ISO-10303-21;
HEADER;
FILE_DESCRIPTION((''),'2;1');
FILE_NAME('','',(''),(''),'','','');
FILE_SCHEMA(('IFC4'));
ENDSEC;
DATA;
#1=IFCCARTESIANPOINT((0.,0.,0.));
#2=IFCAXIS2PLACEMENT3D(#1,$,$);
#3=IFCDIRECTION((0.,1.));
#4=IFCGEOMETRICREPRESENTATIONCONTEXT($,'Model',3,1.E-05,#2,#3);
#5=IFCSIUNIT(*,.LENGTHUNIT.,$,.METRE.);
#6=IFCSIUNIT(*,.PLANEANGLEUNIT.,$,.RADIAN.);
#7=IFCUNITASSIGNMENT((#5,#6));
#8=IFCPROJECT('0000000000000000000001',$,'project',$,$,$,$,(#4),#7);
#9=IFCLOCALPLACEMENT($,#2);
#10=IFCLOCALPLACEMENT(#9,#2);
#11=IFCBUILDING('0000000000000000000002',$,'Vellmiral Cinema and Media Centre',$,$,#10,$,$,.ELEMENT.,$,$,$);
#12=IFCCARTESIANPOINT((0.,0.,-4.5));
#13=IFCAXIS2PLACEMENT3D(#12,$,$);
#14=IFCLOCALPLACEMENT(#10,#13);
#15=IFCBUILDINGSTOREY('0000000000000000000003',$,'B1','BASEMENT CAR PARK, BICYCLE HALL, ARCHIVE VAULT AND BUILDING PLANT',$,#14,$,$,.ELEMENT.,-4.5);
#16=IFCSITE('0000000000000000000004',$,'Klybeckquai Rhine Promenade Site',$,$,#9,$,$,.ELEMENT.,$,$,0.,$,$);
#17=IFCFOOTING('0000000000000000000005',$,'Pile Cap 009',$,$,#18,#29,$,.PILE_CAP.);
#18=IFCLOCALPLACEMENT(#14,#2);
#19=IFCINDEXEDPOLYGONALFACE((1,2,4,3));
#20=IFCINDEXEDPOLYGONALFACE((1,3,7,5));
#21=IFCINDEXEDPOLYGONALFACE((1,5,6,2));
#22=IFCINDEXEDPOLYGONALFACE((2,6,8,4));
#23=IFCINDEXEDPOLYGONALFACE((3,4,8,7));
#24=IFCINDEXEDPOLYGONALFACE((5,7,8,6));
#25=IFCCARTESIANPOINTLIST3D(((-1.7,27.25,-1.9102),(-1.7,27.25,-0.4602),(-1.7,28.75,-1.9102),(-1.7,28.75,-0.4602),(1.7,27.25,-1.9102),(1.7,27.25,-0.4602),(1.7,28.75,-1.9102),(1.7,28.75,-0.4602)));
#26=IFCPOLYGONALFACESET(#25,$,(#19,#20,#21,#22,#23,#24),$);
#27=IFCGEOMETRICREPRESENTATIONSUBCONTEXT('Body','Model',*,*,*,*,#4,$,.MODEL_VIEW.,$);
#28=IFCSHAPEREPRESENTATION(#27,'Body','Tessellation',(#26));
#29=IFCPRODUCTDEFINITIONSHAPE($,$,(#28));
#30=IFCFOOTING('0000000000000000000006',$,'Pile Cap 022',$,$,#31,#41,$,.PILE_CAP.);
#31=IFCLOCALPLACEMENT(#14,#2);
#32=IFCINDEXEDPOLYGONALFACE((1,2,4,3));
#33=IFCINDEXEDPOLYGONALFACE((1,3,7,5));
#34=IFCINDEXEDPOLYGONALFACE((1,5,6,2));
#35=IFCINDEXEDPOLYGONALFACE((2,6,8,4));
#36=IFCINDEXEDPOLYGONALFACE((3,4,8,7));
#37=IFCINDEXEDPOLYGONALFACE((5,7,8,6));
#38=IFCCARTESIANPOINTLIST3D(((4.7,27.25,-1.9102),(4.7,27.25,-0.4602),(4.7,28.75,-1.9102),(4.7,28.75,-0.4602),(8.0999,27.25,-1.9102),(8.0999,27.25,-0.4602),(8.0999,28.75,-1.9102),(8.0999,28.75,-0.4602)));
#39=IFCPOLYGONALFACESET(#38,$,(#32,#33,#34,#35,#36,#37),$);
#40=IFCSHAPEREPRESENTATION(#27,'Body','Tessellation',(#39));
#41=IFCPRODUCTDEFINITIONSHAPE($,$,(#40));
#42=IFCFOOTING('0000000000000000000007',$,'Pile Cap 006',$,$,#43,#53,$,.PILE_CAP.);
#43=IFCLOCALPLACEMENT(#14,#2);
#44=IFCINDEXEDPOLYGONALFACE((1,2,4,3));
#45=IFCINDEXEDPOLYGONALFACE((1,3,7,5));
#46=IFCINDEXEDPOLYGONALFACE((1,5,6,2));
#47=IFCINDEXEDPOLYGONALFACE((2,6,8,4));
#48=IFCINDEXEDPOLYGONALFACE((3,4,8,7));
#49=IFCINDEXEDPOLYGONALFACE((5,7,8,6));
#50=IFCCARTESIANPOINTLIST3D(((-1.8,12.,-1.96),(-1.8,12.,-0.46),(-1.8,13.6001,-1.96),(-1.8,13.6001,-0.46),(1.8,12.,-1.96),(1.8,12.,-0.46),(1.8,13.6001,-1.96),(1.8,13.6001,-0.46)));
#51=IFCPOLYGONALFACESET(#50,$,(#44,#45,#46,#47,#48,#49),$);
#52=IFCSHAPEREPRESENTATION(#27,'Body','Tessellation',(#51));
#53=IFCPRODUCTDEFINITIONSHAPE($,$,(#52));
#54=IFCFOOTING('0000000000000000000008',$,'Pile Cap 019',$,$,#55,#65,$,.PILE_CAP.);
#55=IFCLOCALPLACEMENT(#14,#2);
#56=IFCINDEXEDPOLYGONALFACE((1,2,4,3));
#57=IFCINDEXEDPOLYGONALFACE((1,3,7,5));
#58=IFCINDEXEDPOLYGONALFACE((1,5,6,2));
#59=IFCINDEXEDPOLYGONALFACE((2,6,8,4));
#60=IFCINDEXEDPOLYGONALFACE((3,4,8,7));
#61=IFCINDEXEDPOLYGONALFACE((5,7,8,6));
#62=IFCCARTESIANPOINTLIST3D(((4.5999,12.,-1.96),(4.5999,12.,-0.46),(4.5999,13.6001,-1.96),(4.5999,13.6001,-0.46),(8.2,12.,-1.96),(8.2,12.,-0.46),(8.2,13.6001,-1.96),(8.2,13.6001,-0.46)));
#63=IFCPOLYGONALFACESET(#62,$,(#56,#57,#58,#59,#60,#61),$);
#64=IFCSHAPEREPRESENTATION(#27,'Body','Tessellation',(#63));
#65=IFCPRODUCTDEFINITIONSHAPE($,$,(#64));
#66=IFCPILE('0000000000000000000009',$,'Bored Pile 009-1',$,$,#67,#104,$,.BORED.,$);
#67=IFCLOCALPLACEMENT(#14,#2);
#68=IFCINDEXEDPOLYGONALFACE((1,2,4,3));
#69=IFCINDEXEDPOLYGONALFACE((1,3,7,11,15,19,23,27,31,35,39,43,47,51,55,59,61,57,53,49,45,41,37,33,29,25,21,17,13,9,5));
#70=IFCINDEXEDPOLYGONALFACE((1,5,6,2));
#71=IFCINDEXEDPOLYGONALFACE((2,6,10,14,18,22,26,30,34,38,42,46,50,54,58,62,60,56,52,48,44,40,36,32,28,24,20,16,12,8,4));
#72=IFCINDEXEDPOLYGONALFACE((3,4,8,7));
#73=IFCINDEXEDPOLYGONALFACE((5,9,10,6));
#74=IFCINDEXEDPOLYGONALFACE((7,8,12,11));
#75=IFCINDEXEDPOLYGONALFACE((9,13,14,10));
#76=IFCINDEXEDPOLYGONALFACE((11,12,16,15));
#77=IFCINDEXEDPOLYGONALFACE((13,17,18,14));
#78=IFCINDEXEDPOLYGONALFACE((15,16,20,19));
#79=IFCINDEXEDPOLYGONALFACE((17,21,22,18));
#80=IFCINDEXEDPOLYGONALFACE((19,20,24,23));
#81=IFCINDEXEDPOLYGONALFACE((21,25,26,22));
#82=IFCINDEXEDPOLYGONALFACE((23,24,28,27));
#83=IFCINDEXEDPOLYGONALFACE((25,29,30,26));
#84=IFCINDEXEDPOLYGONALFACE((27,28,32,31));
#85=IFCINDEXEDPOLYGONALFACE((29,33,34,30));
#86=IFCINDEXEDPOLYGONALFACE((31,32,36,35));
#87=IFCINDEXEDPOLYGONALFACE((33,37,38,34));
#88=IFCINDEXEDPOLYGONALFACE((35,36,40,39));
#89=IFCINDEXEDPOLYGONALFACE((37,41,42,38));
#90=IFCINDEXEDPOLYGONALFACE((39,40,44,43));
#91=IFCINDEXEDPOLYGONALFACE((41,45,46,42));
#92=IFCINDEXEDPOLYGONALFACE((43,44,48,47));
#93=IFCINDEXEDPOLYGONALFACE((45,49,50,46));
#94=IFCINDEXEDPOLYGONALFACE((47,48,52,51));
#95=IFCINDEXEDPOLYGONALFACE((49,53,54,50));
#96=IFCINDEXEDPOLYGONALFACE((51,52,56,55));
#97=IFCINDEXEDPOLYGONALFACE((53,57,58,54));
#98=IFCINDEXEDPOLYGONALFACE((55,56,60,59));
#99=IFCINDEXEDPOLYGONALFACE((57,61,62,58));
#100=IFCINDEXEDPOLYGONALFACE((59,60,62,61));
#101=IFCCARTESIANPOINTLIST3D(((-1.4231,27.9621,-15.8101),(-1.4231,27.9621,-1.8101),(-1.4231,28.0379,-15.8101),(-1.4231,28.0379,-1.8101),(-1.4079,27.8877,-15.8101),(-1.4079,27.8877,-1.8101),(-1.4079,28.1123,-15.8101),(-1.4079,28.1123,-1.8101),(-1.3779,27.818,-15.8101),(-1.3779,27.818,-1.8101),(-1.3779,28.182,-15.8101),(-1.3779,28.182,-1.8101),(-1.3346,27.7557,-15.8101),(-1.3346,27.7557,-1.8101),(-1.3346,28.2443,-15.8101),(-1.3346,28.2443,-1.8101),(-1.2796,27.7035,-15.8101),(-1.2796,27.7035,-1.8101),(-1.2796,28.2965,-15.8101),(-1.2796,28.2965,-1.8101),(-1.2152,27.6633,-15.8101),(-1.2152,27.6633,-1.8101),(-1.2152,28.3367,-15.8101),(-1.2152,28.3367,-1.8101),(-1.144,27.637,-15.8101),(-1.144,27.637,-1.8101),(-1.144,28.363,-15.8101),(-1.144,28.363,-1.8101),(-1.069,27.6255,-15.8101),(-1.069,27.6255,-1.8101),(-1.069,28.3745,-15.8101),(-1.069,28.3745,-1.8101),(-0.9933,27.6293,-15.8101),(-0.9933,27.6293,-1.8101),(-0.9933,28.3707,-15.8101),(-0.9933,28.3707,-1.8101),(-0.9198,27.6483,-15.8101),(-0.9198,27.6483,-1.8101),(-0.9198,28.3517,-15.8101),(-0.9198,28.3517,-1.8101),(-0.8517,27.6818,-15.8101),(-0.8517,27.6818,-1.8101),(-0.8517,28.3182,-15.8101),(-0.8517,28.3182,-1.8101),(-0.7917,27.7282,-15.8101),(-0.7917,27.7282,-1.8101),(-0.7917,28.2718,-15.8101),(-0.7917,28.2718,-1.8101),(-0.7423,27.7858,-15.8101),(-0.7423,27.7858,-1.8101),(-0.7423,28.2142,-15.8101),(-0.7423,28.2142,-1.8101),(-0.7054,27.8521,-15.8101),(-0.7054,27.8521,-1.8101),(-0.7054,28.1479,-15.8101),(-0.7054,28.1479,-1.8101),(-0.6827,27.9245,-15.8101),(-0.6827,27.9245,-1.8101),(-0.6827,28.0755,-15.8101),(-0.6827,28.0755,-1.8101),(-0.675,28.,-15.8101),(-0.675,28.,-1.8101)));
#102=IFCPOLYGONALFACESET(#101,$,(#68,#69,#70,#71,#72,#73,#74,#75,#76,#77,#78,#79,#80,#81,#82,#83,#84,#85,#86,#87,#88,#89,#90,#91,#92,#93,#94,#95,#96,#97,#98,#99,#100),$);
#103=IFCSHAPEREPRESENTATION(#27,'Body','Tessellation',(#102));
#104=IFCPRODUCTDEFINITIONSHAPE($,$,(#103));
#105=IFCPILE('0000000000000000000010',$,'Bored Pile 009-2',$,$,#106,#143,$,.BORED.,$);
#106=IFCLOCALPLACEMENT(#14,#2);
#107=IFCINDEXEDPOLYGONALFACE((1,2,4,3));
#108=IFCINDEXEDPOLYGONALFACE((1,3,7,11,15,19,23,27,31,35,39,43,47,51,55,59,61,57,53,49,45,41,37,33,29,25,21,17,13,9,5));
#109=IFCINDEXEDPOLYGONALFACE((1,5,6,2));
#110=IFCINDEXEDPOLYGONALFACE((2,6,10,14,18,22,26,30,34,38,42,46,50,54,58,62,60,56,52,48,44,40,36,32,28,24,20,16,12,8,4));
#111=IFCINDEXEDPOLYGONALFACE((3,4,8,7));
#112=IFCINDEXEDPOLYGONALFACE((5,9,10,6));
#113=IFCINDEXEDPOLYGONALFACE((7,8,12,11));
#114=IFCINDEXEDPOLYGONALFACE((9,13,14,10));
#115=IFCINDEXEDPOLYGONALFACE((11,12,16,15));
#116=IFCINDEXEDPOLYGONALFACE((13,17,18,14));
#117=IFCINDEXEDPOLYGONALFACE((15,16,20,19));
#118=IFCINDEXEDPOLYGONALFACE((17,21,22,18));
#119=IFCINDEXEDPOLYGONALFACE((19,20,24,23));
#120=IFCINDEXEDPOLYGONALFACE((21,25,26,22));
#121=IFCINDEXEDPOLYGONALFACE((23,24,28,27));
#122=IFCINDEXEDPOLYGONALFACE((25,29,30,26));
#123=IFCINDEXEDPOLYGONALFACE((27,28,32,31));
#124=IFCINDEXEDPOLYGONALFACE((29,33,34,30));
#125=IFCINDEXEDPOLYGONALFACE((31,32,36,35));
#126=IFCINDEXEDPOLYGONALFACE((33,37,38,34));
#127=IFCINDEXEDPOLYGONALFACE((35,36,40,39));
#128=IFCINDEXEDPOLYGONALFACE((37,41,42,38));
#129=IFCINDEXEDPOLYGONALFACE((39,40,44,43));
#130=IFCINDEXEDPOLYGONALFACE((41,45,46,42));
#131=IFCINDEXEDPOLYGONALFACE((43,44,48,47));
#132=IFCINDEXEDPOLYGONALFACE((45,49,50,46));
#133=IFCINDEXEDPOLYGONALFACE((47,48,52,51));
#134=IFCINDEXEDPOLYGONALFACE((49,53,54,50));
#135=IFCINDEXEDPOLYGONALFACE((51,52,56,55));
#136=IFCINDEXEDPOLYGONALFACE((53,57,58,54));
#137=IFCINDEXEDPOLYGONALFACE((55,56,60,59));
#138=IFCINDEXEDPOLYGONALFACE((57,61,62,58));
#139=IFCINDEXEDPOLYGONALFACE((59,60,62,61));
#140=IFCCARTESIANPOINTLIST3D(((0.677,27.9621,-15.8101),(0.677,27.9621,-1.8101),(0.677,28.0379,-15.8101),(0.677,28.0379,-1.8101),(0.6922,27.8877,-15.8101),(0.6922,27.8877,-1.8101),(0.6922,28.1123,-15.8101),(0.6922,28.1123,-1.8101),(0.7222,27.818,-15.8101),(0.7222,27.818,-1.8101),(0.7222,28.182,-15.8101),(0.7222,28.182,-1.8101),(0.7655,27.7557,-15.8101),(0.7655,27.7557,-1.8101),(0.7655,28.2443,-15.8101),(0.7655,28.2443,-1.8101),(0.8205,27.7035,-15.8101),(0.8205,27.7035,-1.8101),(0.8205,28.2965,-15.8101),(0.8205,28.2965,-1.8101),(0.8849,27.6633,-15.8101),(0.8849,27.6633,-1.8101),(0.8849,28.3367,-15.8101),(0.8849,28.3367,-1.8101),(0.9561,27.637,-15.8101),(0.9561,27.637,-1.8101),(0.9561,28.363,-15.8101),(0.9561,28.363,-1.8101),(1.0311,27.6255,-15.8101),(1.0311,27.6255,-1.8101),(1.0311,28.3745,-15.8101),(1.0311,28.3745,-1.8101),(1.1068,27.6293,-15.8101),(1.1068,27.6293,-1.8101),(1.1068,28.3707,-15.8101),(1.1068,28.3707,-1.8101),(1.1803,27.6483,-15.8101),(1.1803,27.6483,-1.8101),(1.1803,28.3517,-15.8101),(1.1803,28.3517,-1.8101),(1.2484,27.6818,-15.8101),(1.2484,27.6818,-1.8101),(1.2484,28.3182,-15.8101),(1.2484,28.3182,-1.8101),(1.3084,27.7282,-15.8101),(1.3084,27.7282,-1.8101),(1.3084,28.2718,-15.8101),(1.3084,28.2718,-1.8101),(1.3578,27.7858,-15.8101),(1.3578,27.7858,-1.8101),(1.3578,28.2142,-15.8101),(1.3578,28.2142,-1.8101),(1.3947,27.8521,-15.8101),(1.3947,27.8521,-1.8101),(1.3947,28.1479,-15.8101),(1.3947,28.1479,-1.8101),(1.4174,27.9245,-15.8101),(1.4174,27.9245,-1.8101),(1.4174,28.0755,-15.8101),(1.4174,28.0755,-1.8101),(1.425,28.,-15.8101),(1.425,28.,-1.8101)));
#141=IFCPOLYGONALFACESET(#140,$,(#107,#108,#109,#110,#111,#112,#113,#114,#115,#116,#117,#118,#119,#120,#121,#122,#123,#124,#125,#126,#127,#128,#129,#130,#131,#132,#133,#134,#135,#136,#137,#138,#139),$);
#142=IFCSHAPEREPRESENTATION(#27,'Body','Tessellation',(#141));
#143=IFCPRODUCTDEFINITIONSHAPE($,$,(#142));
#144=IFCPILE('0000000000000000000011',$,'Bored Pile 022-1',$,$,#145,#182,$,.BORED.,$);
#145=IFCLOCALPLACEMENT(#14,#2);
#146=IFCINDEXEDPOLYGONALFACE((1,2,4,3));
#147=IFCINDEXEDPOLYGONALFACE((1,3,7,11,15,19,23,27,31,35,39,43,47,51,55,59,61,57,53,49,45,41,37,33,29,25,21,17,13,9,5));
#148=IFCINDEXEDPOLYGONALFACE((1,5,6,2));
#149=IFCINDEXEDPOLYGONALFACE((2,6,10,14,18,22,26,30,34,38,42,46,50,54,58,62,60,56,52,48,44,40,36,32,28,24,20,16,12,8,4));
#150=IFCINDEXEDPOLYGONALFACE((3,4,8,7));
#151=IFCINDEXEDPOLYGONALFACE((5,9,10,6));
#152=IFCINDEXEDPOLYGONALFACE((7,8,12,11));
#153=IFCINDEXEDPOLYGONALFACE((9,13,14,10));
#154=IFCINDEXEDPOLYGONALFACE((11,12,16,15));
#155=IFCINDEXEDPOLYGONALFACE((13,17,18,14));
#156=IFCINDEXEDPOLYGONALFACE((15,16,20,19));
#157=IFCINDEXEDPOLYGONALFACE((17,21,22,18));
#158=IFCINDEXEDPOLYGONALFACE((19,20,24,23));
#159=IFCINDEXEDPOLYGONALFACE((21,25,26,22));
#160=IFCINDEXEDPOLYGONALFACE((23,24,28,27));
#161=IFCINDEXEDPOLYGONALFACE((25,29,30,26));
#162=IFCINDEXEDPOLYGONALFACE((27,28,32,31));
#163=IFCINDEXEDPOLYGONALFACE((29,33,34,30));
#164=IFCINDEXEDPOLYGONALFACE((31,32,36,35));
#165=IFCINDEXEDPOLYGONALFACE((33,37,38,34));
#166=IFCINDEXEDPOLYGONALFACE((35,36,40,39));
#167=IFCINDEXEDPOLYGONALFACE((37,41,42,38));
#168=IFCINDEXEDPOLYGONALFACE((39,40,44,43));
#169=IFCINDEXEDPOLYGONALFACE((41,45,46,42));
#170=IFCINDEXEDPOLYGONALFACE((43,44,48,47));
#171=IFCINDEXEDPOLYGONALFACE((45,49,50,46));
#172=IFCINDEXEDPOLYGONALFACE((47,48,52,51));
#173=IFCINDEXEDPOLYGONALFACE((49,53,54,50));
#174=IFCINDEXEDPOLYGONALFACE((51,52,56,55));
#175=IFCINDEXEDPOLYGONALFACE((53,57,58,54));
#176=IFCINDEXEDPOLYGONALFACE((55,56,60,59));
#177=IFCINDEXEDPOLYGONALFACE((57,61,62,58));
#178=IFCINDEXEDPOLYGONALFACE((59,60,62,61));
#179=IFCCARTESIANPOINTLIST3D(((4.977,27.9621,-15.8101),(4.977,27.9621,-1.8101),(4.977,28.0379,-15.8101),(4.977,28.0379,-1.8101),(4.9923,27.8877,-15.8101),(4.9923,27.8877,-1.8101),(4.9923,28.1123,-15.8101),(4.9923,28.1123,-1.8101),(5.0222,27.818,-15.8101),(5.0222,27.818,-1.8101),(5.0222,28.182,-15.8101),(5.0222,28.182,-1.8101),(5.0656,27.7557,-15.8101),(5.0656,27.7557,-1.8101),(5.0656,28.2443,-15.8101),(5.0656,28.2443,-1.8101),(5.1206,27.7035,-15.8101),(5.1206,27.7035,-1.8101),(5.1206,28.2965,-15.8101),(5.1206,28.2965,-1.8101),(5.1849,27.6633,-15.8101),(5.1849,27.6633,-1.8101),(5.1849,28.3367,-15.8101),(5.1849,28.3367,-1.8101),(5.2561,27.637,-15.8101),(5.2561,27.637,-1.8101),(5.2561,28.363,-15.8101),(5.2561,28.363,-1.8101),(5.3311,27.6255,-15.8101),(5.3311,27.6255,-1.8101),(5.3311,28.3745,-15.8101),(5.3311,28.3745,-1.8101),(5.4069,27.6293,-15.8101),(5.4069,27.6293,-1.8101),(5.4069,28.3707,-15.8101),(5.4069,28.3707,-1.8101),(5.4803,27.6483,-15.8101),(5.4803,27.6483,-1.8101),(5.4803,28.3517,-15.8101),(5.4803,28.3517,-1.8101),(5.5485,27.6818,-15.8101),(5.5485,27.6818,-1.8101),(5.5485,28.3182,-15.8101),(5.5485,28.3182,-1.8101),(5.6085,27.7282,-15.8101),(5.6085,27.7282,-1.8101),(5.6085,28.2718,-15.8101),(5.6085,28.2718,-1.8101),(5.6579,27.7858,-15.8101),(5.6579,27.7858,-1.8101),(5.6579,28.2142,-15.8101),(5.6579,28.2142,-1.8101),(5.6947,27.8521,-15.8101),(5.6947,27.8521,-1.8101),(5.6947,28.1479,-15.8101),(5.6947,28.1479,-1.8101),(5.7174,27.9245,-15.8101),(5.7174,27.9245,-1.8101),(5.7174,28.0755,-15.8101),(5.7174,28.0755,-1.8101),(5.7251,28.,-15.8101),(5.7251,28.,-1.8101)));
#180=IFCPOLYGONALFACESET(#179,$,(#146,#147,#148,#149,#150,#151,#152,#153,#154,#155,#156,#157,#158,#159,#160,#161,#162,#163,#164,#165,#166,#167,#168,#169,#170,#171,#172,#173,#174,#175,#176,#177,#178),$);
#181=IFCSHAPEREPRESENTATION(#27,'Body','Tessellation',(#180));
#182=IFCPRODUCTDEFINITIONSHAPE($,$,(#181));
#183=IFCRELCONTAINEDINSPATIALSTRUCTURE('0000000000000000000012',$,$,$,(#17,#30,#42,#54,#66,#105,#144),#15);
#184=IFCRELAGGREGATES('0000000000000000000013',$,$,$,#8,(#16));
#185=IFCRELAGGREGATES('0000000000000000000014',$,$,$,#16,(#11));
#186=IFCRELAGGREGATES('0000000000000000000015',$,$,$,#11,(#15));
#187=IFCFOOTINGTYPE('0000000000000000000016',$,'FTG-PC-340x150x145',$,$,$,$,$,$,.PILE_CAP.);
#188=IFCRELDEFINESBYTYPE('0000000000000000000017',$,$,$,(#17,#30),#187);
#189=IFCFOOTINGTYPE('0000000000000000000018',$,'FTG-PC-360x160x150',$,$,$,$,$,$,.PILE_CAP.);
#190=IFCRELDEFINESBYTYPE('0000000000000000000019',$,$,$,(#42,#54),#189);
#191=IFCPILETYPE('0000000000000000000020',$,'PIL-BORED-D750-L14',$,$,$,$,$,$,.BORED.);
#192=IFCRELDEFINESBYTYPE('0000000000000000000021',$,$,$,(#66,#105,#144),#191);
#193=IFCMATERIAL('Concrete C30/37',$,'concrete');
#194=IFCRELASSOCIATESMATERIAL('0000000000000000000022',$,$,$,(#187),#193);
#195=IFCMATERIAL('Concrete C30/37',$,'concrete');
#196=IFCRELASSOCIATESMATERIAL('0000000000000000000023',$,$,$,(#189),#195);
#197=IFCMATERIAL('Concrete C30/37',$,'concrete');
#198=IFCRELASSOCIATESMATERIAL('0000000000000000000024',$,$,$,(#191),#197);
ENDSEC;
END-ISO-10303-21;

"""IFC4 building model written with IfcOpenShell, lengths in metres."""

from ifc_helpers import new_model, si_unit, direction, frame, origin, origin_2d, place, context, subcontext, project, spatial, rectangle, circle, extrude, material, material_profile, profile_set, type_object, element, save


model = new_model("IFC4")

# Units and contexts
model_context = context("Model", 3, precision=1e-05, world=origin(), true_north=direction((0.0, 1.0)))
body_context = subcontext(model_context, "Body", "Model", "MODEL_VIEW")
ifc_project = project(units=[si_unit("LENGTHUNIT", "METRE"), si_unit("PLANEANGLEUNIT", "RADIAN")], contexts=[model_context])

# Site, building, storey
site_placement = place(None, origin())
site = spatial("IfcSite", under=ifc_project, at=site_placement, Name="Klybeckquai Rhine Promenade Site", CompositionType="ELEMENT", RefElevation=0.0)
building_placement = place(site_placement, origin())
building = spatial("IfcBuilding", under=site, at=building_placement, Name="Vellmiral Cinema and Media Centre", CompositionType="ELEMENT")
storey_placement = place(building_placement, frame((0.0, 0.0, -4.5)))
storey = spatial("IfcBuildingStorey", under=building, at=storey_placement, Name="B1", Description="BASEMENT CAR PARK, BICYCLE HALL, ARCHIVE VAULT AND BUILDING PLANT", CompositionType="ELEMENT", Elevation=-4.5)

# Footings
ifc_material_1 = material(Name="Concrete C30/37", Category="concrete")
footing_type_1 = type_object("IfcFootingType", Name="FTG-PC-340x150x145", PredefinedType="PILE_CAP", material=ifc_material_1)
for number, where, z_axis, x_axis, name in (
    (1, (0.0, 28.0, -1.9102), (0.0, 0.0, 1.0), (1.0, 0.0, 0.0), "Pile Cap 009"),
    (2, (6.3999, 28.0, -1.9102), (0.0, 0.0, 1.0), (1.0, 0.0, 0.0), "Pile Cap 022"),
):
    element("IfcFooting", number, at=place(storey_placement, frame(where, z_axis=z_axis, x_axis=x_axis)), inside=storey, type_object=footing_type_1, Name=name, PredefinedType="PILE_CAP", context=body_context, shape_type="SweptSolid", body=[
        extrude(rectangle(XDim=3.3999, YDim=1.5, at=origin_2d()), origin(), (0.0, 0.0, 1.0), 1.45),
    ])
ifc_material_2 = material(Name="Concrete C30/37", Category="concrete")
footing_type_2 = type_object("IfcFootingType", Name="FTG-PC-360x160x150", PredefinedType="PILE_CAP", material=ifc_material_2)
for number, where, z_axis, x_axis, name in (
    (3, (0.0, 12.8, -1.96), (0.0, 0.0, 1.0), (1.0, 0.0, 0.0), "Pile Cap 006"),
    (4, (6.3999, 12.8, -1.96), (0.0, 0.0, 1.0), (1.0, 0.0, 0.0), "Pile Cap 019"),
):
    element("IfcFooting", number, at=place(storey_placement, frame(where, z_axis=z_axis, x_axis=x_axis)), inside=storey, type_object=footing_type_2, Name=name, PredefinedType="PILE_CAP", context=body_context, shape_type="SweptSolid", body=[
        extrude(rectangle(XDim=3.6001, YDim=1.6001, at=origin_2d()), origin(), (0.0, 0.0, 1.0), 1.5),
    ])

# Piles
ifc_material_3 = material(Name="Concrete C30/37", Category="concrete")
ifc_material_profile_1 = material_profile(ifc_material_3, circle(Radius=0.375, at=origin_2d()), Name="PILE D750")
ifc_profile_set_1 = profile_set([ifc_material_profile_1], Name="Concrete C30/37")
pile_type_1 = type_object("IfcPileType", Name="PIL-BORED-D750-L14", PredefinedType="BORED", material=ifc_profile_set_1)
for number, where, z_axis, x_axis, name in (
    (5, (-1.05, 28.0, -1.8101), (0.0, 0.0, -1.0), (1.0, 0.0, 0.0), "Bored Pile 009-1"),
    (6, (1.05, 28.0, -1.8101), (0.0, 0.0, -1.0), (1.0, 0.0, 0.0), "Bored Pile 009-2"),
    (7, (5.3501, 28.0, -1.8101), (0.0, 0.0, -1.0), (1.0, 0.0, 0.0), "Bored Pile 022-1"),
):
    element("IfcPile", number, at=place(storey_placement, frame(where, z_axis=z_axis, x_axis=x_axis)), inside=storey, type_object=pile_type_1, Name=name, PredefinedType="BORED", context=body_context, shape_type="SweptSolid", body=[
        extrude(circle(Radius=0.375, at=origin_2d()), origin(), (0.0, 0.0, 1.0), 14.0),
    ])

save(model, "model.ifc")
